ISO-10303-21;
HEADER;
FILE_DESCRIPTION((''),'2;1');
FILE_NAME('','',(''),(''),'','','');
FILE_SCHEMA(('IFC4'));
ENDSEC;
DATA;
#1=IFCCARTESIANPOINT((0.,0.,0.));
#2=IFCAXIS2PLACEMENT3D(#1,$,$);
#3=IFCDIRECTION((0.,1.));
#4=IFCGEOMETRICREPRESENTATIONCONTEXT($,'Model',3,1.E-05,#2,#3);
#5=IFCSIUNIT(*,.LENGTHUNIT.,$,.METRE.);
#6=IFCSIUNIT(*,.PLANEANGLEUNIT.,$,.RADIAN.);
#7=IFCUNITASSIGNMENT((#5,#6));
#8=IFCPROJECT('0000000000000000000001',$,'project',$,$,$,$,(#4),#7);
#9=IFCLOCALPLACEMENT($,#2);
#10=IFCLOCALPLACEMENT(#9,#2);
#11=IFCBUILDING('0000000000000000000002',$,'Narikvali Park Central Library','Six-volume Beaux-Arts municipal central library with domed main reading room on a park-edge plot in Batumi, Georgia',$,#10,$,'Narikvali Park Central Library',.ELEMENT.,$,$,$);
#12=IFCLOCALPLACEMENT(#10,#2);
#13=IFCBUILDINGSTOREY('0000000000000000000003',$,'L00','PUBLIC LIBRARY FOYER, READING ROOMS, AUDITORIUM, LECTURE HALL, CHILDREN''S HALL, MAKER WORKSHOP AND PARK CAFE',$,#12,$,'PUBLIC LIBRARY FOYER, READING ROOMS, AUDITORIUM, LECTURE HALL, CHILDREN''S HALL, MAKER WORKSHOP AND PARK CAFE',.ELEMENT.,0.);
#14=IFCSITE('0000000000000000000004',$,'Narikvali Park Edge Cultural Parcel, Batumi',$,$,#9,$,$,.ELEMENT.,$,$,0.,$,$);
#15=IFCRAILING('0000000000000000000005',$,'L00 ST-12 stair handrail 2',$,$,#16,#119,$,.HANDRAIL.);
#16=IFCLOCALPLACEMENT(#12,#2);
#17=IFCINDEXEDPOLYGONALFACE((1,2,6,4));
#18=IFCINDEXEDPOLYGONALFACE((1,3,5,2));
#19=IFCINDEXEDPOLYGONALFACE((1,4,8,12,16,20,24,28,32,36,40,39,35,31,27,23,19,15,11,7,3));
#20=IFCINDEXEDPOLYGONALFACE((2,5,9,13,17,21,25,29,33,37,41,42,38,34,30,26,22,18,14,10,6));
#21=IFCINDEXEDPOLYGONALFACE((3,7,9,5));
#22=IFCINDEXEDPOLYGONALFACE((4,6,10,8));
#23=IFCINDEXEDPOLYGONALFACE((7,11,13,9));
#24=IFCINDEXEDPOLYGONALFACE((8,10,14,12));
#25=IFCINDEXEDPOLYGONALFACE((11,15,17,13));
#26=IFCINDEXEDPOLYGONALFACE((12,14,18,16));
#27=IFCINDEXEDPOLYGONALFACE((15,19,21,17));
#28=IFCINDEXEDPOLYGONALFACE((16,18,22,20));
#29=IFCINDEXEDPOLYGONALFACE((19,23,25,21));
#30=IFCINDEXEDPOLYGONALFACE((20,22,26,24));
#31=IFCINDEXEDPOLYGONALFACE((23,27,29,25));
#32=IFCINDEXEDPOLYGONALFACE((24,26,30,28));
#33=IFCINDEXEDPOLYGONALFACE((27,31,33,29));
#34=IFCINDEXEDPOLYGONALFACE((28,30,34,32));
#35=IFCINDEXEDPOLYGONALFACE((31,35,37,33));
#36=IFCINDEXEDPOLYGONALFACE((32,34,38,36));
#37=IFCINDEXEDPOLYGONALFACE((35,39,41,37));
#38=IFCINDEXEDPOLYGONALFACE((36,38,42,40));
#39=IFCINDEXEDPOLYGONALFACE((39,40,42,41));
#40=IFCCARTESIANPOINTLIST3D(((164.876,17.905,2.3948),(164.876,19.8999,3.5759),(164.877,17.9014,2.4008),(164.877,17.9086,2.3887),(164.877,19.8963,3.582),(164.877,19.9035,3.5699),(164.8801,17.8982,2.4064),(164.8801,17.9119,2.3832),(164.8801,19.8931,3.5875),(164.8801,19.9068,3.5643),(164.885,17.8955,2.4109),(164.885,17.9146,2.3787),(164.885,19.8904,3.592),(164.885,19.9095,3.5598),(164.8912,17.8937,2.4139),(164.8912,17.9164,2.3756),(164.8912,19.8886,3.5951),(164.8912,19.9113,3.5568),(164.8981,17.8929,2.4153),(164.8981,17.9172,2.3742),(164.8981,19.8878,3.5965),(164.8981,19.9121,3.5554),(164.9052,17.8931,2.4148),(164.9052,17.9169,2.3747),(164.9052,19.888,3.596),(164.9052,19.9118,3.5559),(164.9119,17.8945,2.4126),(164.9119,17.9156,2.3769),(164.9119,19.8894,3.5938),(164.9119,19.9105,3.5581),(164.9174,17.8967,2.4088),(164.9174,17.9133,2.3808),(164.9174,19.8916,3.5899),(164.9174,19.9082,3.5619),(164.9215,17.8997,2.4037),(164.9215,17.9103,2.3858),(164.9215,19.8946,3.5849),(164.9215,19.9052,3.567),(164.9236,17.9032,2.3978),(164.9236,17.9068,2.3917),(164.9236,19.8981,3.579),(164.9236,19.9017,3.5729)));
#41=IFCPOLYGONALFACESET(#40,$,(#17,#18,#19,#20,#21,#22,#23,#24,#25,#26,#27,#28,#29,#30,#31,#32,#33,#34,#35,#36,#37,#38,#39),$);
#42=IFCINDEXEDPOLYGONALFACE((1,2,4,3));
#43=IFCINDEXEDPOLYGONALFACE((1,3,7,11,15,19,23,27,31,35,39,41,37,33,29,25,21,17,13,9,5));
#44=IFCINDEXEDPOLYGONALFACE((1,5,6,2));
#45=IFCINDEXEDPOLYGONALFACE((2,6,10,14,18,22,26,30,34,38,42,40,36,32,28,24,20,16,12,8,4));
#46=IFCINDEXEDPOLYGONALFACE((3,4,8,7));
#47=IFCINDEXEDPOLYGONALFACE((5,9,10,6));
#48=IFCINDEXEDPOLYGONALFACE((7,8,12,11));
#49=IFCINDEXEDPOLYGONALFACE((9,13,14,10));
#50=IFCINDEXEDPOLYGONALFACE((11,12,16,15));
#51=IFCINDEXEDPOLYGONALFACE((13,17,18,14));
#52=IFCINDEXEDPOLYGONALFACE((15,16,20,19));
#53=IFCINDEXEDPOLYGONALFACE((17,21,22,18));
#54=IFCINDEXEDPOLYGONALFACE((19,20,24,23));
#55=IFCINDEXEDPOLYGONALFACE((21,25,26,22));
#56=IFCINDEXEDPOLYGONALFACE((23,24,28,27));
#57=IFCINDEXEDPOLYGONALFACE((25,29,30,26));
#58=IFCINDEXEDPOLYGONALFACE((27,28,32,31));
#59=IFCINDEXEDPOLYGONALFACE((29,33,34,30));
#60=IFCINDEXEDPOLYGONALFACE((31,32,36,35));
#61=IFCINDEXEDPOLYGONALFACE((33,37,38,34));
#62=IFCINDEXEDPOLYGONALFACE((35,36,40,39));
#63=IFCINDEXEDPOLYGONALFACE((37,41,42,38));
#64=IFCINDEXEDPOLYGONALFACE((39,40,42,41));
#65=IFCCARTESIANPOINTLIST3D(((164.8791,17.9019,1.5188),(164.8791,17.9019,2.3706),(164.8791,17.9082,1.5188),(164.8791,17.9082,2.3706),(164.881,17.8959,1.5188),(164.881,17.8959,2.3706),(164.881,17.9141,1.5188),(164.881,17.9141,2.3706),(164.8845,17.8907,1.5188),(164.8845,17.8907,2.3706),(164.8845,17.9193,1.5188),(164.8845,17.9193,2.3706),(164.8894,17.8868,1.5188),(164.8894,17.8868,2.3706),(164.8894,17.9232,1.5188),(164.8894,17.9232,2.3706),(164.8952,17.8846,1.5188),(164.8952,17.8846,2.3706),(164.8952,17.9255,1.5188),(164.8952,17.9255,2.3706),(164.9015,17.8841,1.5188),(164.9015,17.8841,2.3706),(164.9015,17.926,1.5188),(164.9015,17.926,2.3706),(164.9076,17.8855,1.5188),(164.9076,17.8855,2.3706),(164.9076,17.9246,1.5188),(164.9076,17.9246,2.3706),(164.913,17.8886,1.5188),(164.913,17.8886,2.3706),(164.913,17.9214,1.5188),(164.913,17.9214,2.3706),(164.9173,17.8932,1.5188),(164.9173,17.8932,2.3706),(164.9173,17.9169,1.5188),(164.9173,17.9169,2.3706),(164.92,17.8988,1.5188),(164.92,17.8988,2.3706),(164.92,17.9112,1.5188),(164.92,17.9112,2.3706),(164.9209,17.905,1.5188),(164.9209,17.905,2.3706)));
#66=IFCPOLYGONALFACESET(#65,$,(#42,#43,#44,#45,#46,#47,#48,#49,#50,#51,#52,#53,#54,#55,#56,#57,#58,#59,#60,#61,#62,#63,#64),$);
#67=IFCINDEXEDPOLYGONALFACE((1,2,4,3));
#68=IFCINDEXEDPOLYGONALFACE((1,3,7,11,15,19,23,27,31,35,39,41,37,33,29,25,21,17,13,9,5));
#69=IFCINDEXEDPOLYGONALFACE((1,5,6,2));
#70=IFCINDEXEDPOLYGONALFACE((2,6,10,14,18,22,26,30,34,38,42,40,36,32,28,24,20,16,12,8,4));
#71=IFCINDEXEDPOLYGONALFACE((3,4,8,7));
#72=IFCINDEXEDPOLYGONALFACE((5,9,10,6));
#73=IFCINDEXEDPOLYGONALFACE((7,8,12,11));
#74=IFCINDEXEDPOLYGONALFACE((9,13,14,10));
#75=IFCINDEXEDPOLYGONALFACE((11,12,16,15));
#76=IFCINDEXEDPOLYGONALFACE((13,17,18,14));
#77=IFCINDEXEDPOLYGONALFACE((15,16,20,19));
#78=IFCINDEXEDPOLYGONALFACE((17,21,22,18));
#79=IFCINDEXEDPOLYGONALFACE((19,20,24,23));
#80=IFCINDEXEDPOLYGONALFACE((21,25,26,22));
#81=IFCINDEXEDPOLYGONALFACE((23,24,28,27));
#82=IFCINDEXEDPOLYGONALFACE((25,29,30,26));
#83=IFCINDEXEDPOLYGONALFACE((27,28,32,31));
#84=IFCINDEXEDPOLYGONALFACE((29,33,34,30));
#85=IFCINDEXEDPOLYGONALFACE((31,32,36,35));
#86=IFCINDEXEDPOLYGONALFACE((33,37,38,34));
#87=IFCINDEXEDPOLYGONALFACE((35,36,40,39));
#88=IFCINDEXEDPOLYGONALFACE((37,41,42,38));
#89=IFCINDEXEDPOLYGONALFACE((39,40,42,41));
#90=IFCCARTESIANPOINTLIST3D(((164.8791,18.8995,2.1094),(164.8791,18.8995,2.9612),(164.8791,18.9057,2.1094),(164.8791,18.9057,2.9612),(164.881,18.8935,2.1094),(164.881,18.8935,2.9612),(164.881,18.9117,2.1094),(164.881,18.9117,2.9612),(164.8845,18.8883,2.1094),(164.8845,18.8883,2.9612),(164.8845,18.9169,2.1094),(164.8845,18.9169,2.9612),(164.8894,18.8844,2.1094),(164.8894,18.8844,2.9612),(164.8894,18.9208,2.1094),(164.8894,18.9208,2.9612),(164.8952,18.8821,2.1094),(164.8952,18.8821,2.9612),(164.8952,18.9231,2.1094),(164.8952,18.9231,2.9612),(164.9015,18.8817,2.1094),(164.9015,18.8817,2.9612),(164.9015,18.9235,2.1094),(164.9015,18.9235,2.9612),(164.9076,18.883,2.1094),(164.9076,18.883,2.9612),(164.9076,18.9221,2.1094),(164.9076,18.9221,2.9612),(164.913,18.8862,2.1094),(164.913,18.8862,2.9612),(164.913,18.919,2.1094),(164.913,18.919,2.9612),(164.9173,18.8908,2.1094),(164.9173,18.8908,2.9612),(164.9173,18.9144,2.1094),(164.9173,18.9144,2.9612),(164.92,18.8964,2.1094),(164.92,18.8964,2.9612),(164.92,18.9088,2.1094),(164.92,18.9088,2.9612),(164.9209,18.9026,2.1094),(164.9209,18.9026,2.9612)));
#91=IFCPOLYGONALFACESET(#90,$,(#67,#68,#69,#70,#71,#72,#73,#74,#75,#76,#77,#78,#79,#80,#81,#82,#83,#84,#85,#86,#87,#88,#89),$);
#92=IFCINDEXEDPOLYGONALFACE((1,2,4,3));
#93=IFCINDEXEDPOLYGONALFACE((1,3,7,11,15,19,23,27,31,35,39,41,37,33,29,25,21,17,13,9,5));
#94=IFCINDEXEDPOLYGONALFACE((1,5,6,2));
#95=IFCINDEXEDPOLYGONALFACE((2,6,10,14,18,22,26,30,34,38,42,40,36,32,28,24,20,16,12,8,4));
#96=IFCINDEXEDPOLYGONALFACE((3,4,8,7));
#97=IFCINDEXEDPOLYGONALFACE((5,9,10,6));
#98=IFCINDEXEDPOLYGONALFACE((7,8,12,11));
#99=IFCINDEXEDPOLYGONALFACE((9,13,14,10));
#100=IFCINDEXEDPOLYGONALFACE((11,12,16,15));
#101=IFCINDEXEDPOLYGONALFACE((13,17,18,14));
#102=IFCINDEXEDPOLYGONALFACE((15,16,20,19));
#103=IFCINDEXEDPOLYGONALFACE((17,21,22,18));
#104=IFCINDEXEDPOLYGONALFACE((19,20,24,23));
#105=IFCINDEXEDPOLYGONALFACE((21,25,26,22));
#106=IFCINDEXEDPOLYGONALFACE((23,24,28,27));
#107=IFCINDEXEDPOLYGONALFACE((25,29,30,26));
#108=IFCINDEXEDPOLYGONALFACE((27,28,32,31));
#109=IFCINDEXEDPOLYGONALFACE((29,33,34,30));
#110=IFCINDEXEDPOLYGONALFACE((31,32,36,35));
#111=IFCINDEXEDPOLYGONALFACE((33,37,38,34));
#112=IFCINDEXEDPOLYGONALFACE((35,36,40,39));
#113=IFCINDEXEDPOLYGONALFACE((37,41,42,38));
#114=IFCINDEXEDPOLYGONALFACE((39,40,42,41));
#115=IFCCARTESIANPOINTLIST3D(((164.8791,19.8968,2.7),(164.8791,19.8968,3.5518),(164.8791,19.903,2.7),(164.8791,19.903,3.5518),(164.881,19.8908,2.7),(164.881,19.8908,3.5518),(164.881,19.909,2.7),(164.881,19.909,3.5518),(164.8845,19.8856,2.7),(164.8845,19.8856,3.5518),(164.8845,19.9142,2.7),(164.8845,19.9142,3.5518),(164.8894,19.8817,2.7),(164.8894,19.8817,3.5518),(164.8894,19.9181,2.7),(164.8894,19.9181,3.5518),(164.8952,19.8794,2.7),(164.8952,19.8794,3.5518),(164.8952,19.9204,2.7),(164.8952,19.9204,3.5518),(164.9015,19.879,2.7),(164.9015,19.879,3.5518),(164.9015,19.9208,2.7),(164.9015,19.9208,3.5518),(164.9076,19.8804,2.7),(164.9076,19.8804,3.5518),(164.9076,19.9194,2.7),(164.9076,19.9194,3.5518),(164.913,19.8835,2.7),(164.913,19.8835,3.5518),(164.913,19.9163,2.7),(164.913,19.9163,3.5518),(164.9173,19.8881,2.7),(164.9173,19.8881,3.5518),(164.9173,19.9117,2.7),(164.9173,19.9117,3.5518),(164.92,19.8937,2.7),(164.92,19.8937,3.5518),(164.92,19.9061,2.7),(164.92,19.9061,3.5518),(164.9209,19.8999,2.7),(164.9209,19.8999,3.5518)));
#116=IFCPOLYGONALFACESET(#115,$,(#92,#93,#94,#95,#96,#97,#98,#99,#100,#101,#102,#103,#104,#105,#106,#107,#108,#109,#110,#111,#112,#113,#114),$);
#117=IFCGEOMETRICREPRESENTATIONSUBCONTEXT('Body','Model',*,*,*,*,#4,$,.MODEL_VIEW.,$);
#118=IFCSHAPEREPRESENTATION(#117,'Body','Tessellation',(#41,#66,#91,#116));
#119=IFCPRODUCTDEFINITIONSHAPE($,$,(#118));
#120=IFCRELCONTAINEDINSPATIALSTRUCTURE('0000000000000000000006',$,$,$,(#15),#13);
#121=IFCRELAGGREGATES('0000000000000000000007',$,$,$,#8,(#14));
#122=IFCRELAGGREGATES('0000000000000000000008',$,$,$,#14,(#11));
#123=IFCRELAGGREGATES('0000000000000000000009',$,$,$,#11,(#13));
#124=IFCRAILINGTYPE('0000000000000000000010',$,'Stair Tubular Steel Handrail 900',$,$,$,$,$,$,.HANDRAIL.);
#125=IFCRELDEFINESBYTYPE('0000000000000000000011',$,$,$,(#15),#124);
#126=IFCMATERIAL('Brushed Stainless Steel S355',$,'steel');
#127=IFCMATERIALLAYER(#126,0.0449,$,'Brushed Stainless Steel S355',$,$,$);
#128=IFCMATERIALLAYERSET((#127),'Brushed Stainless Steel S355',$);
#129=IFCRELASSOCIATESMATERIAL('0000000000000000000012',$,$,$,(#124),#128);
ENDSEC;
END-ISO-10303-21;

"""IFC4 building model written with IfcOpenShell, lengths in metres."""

from ifc_helpers import new_model, si_unit, direction, frame, origin, origin_2d, place, context, subcontext, project, spatial, circle, extrude, material, layer, layer_set, type_object, element, save


model = new_model("IFC4")

# Units and contexts
model_context = context("Model", 3, precision=1e-05, world=origin(), true_north=direction((0.0, 1.0)))
body_context = subcontext(model_context, "Body", "Model", "MODEL_VIEW")
ifc_project = project(units=[si_unit("LENGTHUNIT", "METRE"), si_unit("PLANEANGLEUNIT", "RADIAN")], contexts=[model_context])

# Site, building, storey
site_placement = place(None, origin())
site = spatial("IfcSite", under=ifc_project, at=site_placement, Name="Narikvali Park Edge Cultural Parcel, Batumi", CompositionType="ELEMENT", RefElevation=0.0)
building_placement = place(site_placement, origin())
building = spatial("IfcBuilding", under=site, at=building_placement, Name="Narikvali Park Central Library", Description="Six-volume Beaux-Arts municipal central library with domed main reading room on a park-edge plot in Batumi, Georgia", LongName="Narikvali Park Central Library", CompositionType="ELEMENT")
storey_placement = place(building_placement, origin())
storey = spatial("IfcBuildingStorey", under=building, at=storey_placement, Name="L00", Description="PUBLIC LIBRARY FOYER, READING ROOMS, AUDITORIUM, LECTURE HALL, CHILDREN'S HALL, MAKER WORKSHOP AND PARK CAFE", LongName="PUBLIC LIBRARY FOYER, READING ROOMS, AUDITORIUM, LECTURE HALL, CHILDREN'S HALL, MAKER WORKSHOP AND PARK CAFE", CompositionType="ELEMENT", Elevation=0.0)

# Railing
ifc_material_1 = material(Name="Brushed Stainless Steel S355", Category="steel")
ifc_layer_1 = layer(ifc_material_1, 0.0449, Name="Brushed Stainless Steel S355")
ifc_layer_set_1 = layer_set([ifc_layer_1], Name="Brushed Stainless Steel S355")
railing_type_1 = type_object("IfcRailingType", Name="Stair Tubular Steel Handrail 900", PredefinedType="HANDRAIL", material=ifc_layer_set_1)
for number, where, name in (
    (1, (164.8999, 17.905, 1.5188), "L00 ST-12 stair handrail 2"),
):
    element("IfcRailing", number, at=place(storey_placement, frame(where)), inside=storey, type_object=railing_type_1, Name=name, PredefinedType="HANDRAIL", context=body_context, shape_type="SweptSolid", body=[
        extrude(circle(Radius=0.0239, at=origin_2d()), frame((0.0, 0.0, 0.876), z_axis=(0.0, 0.86048, 0.509485), x_axis=(-1.0, 0.0, 0.0)), (0.0, 0.0, 1.0), 2.3184),
        extrude(circle(Radius=0.021, at=origin_2d()), origin(), (0.0, 0.0, 1.0), 0.8518),
        extrude(circle(Radius=0.021, at=origin_2d()), frame((0.0, 0.9976, 0.5906)), (0.0, 0.0, 1.0), 0.8518),
        extrude(circle(Radius=0.021, at=origin_2d()), frame((0.0, 1.9949, 1.1812)), (0.0, 0.0, 1.0), 0.8518),
    ])

save(model, "model.ifc")
